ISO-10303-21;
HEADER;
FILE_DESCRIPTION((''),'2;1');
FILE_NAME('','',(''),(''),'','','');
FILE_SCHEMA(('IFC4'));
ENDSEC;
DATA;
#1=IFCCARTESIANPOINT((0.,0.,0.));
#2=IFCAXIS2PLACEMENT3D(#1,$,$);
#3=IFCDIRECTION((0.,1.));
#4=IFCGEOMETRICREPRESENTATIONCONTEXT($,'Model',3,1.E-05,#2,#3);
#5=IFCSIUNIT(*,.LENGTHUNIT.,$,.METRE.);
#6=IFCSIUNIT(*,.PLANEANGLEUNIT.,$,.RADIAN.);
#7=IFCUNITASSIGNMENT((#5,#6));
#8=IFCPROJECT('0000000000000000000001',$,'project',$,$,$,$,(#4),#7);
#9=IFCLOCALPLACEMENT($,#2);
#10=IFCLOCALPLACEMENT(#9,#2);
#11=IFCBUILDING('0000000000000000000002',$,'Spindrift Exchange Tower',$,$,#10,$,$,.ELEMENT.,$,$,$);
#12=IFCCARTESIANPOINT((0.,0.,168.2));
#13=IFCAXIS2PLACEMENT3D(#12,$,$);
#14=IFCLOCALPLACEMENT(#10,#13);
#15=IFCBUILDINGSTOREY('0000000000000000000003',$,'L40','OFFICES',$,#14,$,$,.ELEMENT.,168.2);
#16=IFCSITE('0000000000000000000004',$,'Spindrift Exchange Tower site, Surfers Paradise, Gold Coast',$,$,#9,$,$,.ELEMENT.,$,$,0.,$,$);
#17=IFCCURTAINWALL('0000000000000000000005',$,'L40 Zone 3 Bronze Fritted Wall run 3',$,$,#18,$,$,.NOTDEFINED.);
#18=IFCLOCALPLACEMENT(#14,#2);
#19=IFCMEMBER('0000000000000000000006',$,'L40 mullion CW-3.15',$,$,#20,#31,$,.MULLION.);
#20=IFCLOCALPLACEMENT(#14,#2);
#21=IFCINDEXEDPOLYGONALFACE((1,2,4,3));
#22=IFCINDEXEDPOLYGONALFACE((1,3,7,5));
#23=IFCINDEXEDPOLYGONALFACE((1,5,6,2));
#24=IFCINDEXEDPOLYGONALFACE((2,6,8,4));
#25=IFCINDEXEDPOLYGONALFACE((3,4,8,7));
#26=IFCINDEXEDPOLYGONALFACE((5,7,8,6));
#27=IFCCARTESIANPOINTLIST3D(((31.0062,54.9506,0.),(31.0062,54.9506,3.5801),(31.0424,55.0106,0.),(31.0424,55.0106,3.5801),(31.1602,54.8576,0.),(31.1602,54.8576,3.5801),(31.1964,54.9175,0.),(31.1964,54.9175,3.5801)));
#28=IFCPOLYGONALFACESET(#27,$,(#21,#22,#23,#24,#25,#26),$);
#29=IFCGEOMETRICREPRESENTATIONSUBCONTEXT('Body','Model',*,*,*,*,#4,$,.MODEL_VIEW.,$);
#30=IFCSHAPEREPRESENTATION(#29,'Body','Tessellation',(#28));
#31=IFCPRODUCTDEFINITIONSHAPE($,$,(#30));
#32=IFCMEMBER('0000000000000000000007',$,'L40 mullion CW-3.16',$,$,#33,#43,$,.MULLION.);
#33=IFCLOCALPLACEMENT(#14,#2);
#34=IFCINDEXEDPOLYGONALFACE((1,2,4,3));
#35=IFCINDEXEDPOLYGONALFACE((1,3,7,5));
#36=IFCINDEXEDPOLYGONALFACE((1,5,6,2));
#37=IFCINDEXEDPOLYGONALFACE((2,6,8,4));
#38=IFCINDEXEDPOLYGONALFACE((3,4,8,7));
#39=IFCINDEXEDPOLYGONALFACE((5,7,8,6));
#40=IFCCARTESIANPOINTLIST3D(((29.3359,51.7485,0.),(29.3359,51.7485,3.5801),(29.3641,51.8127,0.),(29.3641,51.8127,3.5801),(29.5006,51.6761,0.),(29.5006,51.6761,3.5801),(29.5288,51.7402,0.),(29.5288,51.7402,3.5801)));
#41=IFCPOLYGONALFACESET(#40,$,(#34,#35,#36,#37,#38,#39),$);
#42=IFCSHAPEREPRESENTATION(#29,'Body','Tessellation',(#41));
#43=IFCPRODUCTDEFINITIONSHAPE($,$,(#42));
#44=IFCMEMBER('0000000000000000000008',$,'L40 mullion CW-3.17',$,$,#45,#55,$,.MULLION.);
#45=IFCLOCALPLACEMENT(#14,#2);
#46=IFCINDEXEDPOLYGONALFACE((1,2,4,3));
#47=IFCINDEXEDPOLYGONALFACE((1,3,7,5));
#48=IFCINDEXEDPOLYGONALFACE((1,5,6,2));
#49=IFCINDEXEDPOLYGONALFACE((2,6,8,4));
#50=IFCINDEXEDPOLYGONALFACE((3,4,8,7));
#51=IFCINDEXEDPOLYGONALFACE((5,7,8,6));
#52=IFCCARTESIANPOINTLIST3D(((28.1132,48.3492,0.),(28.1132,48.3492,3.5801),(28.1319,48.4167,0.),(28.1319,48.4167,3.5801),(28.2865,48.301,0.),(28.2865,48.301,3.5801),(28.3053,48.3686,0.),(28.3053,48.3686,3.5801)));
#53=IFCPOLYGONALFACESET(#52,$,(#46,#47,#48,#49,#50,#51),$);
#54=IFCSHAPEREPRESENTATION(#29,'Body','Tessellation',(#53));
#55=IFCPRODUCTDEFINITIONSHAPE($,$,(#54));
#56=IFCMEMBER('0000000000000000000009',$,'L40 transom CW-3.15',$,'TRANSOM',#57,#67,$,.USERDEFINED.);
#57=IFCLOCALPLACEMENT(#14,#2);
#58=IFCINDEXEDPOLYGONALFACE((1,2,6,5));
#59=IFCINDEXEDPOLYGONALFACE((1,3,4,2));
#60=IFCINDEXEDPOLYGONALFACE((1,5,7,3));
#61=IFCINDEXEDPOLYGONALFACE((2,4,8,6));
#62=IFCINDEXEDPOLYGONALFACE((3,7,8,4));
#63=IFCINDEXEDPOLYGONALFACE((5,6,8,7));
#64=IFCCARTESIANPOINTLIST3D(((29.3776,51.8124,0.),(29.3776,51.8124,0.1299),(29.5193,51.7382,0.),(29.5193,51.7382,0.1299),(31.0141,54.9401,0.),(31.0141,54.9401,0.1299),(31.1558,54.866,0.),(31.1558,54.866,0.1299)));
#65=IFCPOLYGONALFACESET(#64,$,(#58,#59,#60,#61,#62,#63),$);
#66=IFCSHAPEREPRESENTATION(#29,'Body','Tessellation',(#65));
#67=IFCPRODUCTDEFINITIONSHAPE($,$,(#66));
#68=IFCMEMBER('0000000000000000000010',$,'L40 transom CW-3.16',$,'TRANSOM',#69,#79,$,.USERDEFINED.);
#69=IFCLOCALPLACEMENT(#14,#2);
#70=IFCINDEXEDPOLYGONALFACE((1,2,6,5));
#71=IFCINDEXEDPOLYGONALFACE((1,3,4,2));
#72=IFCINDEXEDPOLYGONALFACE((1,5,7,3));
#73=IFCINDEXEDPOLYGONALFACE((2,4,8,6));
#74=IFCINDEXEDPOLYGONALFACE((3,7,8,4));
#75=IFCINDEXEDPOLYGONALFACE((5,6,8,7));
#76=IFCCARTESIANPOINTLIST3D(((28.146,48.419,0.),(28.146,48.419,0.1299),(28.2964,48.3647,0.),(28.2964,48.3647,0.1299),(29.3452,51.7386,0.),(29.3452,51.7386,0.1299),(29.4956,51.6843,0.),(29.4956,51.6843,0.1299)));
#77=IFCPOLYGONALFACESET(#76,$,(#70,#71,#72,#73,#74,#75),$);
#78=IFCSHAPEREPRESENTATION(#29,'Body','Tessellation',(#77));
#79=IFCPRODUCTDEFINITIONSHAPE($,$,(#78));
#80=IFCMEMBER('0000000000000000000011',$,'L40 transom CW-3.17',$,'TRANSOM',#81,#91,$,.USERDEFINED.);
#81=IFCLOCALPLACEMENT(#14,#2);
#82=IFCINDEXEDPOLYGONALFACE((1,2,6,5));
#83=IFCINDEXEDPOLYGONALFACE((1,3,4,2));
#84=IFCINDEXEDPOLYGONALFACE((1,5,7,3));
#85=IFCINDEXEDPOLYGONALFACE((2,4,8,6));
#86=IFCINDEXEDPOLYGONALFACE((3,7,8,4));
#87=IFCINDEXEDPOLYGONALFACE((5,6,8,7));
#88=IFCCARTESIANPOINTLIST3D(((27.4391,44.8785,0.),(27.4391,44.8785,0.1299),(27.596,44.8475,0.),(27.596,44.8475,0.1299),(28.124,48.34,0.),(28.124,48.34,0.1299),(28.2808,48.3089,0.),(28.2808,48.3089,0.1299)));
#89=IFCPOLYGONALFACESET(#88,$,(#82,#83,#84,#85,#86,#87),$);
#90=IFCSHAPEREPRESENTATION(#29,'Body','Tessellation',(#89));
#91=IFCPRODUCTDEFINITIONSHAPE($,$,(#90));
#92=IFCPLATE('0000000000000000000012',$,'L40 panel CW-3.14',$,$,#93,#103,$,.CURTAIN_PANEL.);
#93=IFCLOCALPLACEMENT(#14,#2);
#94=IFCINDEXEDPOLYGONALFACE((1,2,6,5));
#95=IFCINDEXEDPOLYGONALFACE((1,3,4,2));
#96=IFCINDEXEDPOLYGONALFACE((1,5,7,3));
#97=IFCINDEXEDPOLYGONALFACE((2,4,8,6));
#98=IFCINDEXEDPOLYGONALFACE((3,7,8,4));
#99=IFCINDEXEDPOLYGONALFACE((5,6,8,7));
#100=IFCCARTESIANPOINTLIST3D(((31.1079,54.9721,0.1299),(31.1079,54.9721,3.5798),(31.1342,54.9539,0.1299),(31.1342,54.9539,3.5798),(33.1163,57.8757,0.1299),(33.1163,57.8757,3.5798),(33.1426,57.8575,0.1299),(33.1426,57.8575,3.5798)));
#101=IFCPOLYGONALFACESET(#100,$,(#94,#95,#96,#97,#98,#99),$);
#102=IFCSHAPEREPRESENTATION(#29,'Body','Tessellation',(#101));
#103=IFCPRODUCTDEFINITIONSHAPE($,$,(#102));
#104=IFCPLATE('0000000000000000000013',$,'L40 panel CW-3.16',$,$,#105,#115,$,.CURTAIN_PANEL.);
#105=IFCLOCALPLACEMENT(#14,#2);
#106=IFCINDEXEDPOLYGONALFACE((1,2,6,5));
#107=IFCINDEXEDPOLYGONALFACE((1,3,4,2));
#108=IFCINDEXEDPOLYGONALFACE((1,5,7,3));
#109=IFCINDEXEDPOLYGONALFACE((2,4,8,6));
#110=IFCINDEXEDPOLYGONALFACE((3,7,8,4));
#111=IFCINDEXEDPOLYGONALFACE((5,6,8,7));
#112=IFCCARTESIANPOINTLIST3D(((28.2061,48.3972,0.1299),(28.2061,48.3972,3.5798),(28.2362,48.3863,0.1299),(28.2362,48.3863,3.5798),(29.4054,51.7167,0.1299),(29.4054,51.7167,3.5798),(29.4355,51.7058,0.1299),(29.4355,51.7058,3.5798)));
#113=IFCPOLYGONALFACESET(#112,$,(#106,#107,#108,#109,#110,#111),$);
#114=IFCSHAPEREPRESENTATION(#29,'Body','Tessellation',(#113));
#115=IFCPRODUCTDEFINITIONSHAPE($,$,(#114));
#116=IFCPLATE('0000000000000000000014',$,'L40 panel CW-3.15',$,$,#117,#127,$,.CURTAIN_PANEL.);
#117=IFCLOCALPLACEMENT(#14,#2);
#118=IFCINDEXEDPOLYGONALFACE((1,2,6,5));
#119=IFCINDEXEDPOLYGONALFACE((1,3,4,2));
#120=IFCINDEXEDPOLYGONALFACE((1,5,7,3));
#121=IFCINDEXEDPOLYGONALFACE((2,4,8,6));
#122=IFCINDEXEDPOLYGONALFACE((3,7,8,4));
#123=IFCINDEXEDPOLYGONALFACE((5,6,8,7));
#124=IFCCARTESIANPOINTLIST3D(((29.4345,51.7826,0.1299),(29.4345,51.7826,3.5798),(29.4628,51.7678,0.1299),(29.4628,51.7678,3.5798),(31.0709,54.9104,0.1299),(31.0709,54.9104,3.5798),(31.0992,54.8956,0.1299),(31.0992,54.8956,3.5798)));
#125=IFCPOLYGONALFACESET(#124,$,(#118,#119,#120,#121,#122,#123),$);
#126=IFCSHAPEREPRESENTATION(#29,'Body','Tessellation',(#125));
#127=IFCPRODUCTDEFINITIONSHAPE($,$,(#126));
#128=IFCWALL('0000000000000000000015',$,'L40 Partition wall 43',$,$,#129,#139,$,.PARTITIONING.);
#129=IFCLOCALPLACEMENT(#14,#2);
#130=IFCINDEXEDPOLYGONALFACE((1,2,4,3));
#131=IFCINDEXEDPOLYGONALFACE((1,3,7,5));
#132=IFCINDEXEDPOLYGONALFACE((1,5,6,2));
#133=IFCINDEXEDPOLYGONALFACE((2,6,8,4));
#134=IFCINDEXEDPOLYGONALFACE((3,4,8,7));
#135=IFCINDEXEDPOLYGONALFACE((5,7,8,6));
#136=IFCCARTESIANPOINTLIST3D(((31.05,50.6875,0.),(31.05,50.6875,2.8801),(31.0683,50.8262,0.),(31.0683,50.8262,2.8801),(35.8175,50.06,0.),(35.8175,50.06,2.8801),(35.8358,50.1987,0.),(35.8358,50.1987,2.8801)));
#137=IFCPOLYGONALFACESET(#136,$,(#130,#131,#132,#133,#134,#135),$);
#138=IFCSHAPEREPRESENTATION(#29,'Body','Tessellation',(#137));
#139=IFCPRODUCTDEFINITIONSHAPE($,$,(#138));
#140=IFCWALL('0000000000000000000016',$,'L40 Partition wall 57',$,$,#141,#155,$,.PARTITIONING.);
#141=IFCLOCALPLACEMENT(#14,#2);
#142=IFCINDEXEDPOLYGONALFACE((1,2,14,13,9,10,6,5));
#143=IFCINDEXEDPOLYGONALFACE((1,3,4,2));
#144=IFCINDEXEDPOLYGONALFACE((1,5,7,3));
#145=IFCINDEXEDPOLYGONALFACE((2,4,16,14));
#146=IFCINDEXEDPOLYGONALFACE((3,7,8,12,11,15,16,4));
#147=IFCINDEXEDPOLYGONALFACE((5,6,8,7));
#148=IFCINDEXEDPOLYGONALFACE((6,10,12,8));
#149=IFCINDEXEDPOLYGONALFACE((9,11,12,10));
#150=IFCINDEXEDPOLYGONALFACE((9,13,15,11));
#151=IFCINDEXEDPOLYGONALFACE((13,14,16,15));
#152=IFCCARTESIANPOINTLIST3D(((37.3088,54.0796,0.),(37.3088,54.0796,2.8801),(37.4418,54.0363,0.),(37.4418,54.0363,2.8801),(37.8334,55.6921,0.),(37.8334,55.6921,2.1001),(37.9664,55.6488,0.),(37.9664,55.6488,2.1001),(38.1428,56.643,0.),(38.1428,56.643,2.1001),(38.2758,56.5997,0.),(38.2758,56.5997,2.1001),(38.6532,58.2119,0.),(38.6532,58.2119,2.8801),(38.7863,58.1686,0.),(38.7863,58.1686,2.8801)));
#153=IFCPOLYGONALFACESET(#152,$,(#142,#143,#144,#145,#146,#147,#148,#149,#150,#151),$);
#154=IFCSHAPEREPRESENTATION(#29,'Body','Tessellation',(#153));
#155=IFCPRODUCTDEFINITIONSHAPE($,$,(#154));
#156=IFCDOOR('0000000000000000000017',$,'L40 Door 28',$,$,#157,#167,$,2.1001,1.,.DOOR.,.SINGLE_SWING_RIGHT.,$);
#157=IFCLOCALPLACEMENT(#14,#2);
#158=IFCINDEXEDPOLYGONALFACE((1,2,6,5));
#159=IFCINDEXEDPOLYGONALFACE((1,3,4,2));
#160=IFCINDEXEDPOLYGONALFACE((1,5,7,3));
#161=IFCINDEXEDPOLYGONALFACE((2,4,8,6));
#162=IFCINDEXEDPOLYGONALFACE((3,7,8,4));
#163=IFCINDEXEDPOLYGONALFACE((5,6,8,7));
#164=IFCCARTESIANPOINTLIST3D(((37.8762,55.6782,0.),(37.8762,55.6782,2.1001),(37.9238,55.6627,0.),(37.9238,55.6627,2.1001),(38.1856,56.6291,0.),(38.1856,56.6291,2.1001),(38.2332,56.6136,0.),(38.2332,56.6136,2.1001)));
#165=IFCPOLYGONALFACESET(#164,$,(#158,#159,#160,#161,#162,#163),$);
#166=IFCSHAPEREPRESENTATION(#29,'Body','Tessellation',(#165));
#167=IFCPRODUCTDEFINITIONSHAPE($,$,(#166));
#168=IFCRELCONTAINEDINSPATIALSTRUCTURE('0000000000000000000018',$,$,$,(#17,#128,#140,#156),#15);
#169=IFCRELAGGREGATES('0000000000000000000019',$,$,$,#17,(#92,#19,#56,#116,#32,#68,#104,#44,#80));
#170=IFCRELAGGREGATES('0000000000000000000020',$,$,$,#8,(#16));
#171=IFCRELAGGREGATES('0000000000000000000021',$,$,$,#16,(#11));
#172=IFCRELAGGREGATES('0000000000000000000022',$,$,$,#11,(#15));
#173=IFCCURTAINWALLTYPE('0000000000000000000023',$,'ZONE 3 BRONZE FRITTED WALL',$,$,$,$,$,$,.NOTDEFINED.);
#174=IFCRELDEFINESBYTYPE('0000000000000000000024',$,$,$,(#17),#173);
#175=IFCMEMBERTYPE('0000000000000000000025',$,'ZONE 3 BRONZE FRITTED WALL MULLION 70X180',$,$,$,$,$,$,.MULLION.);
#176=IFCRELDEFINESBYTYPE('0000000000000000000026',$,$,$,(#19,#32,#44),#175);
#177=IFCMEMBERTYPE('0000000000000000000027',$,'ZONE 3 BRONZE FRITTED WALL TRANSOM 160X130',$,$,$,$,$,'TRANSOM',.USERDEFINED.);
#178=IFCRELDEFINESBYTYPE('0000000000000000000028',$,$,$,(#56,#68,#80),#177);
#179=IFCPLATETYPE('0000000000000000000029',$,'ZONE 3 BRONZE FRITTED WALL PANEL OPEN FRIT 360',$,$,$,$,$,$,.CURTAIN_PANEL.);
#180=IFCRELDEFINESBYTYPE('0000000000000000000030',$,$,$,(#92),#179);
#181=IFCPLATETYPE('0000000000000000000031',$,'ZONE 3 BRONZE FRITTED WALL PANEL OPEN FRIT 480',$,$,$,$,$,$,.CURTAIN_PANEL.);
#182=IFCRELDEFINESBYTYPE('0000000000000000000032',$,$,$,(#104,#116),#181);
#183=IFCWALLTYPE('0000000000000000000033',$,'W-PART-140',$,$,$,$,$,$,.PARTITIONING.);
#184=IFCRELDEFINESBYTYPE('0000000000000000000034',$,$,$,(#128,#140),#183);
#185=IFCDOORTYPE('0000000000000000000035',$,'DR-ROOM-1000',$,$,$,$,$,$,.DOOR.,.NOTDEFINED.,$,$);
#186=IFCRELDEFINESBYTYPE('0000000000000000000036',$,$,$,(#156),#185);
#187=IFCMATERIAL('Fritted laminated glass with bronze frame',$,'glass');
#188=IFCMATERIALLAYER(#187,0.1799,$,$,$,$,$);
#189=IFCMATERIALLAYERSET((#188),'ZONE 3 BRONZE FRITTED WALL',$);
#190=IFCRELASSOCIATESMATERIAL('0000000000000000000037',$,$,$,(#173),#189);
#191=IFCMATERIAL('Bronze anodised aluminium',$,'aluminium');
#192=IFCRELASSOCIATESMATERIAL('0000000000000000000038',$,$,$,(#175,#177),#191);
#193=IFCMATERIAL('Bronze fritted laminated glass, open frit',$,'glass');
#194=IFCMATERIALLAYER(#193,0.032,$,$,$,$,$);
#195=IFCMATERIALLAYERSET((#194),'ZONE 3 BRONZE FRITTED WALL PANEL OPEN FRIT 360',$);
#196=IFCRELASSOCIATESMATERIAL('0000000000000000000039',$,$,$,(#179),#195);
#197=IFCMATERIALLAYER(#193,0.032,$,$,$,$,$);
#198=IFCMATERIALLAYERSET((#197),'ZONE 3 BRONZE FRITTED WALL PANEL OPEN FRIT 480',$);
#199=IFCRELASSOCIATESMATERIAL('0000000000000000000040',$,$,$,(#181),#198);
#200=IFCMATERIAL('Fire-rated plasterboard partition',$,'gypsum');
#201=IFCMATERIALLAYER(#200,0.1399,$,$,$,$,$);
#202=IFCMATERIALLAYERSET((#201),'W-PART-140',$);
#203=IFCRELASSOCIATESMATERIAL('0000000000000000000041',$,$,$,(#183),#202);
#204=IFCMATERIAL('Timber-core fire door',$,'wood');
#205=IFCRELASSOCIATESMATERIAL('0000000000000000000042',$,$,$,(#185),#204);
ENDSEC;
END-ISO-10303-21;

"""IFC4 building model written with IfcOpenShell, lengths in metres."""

from ifc_helpers import new_model, si_unit, direction, frame, frame_2d, origin, origin_2d, place, context, subcontext, project, spatial, rectangle, extrude, source, transform, mapped, material, layer, layer_set, material_profile, profile_set, type_object, element, fill, aggregate, save


model = new_model("IFC4")

# Units and contexts
model_context = context("Model", 3, precision=1e-05, world=origin(), true_north=direction((0.0, 1.0)))
body_context = subcontext(model_context, "Body", "Model", "MODEL_VIEW")
ifc_project = project(units=[si_unit("LENGTHUNIT", "METRE"), si_unit("PLANEANGLEUNIT", "RADIAN")], contexts=[model_context])

# Site, building, storey
site_placement = place(None, origin())
site = spatial("IfcSite", under=ifc_project, at=site_placement, Name="Spindrift Exchange Tower site, Surfers Paradise, Gold Coast", CompositionType="ELEMENT", RefElevation=0.0)
building_placement = place(site_placement, origin())
building = spatial("IfcBuilding", under=site, at=building_placement, Name="Spindrift Exchange Tower", CompositionType="ELEMENT")
storey_placement = place(building_placement, frame((0.0, 0.0, 168.2)))
storey = spatial("IfcBuildingStorey", under=building, at=storey_placement, Name="L40", Description="OFFICES", CompositionType="ELEMENT", Elevation=168.2)

# Curtain wall, members, plates
ifc_material_1 = material(Name="Fritted laminated glass with bronze frame", Category="glass")
ifc_layer_1 = layer(ifc_material_1, 0.1799)
ifc_layer_set_1 = layer_set([ifc_layer_1], Name="ZONE 3 BRONZE FRITTED WALL")
curtain_wall_type = type_object("IfcCurtainWallType", Name="ZONE 3 BRONZE FRITTED WALL", PredefinedType="NOTDEFINED", material=ifc_layer_set_1)
curtain_wall_placement = place(storey_placement, origin())
curtain_wall = element("IfcCurtainWall", 1, at=curtain_wall_placement, inside=storey, type_object=curtain_wall_type, Name="L40 Zone 3 Bronze Fritted Wall run 3", PredefinedType="NOTDEFINED")
ifc_material_2 = material(Name="Bronze anodised aluminium", Category="aluminium")
ifc_material_profile_1 = material_profile(ifc_material_2, rectangle(XDim=0.0701, YDim=0.1799, at=origin_2d()), Name="ZONE 3 BRONZE FRITTED WALL MULLION 70X180")
ifc_profile_set_1 = profile_set([ifc_material_profile_1], Name="Bronze anodised aluminium")
member_type_1 = type_object("IfcMemberType", Name="ZONE 3 BRONZE FRITTED WALL MULLION 70X180", PredefinedType="MULLION", material=ifc_profile_set_1)
shared_shape_1 = source(origin(), body_context, "Body", "SweptSolid", [
    extrude(rectangle(XDim=0.0701, YDim=0.1799, at=origin_2d()), origin(), (0.0, 0.0, 1.0), 3.5801),
])
member_1_placement = place(storey_placement, frame((31.1013, 54.9341, 0.0), z_axis=(0.0, 0.0, 1.0), x_axis=(-0.517192, -0.855869, 0.0)))
member_1 = element("IfcMember", 2, at=member_1_placement, type_object=member_type_1, Name="L40 mullion CW-3.15", PredefinedType="MULLION", context=body_context, shape_type="MappedRepresentation", body=[
    mapped(shared_shape_1, transform((0.0, 0.0, 0.0), scale=1.0)),
])
member_2_placement = place(storey_placement, frame((29.4324, 51.7444, 0.0), z_axis=(0.0, 0.0, 1.0), x_axis=(-0.402602, -0.915375, 0.0)))
member_2 = element("IfcMember", 3, at=member_2_placement, type_object=member_type_1, Name="L40 mullion CW-3.16", PredefinedType="MULLION", context=body_context, shape_type="MappedRepresentation", body=[
    mapped(shared_shape_1, transform((0.0, 0.0, 0.0), scale=1.0)),
])
member_3_placement = place(storey_placement, frame((28.2092, 48.3589, 0.0), z_axis=(0.0, 0.0, 1.0), x_axis=(-0.267686, -0.963506, 0.0)))
member_3 = element("IfcMember", 4, at=member_3_placement, type_object=member_type_1, Name="L40 mullion CW-3.17", PredefinedType="MULLION", context=body_context, shape_type="MappedRepresentation", body=[
    mapped(shared_shape_1, transform((0.0, 0.0, 0.0), scale=1.0)),
])
ifc_material_profile_2 = material_profile(ifc_material_2, rectangle(XDim=0.1599, YDim=0.1299, at=origin_2d()), Name="ZONE 3 BRONZE FRITTED WALL TRANSOM 160X130")
ifc_profile_set_2 = profile_set([ifc_material_profile_2], Name="Bronze anodised aluminium")
member_type_2 = type_object("IfcMemberType", Name="ZONE 3 BRONZE FRITTED WALL TRANSOM 160X130", ElementType="TRANSOM", PredefinedType="USERDEFINED", material=ifc_profile_set_2)
shared_shape_2 = source(origin(), body_context, "Body", "SweptSolid", [
    extrude(rectangle(XDim=0.1599, YDim=0.1299, at=origin_2d()), origin(), (0.0, 0.0, 1.0), 3.53),
])
member_4_placement = place(storey_placement, frame((31.085, 54.9031, 0.0649), z_axis=(-0.463599, -0.886045, 0.0), x_axis=(0.886045, -0.463599, 0.0)))
member_4 = element("IfcMember", 5, at=member_4_placement, type_object=member_type_2, Name="L40 transom CW-3.15", ObjectType="TRANSOM", PredefinedType="USERDEFINED", context=body_context, shape_type="MappedRepresentation", body=[
    mapped(shared_shape_2, transform((0.0, 0.0, 0.0), scale=1.0)),
])
shared_shape_3 = source(origin(), body_context, "Body", "SweptSolid", [
    extrude(rectangle(XDim=0.1599, YDim=0.1299, at=origin_2d()), origin(), (0.0, 0.0, 1.0), 3.5295),
])
member_5_placement = place(storey_placement, frame((29.4204, 51.7114, 0.0649), z_axis=(-0.339765, -0.94051, 0.0), x_axis=(0.94051, -0.339765, 0.0)))
member_5 = element("IfcMember", 6, at=member_5_placement, type_object=member_type_2, Name="L40 transom CW-3.16", ObjectType="TRANSOM", PredefinedType="USERDEFINED", context=body_context, shape_type="MappedRepresentation", body=[
    mapped(shared_shape_3, transform((0.0, 0.0, 0.0), scale=1.0)),
])
shared_shape_4 = source(origin(), body_context, "Body", "SweptSolid", [
    extrude(rectangle(XDim=0.1599, YDim=0.1299, at=origin_2d()), origin(), (0.0, 0.0, 1.0), 3.5286),
])
member_6_placement = place(storey_placement, frame((28.2024, 48.3245, 0.0649), z_axis=(-0.19408, -0.980986, 0.0), x_axis=(0.980986, -0.19408, 0.0)))
member_6 = element("IfcMember", 7, at=member_6_placement, type_object=member_type_2, Name="L40 transom CW-3.17", ObjectType="TRANSOM", PredefinedType="USERDEFINED", context=body_context, shape_type="MappedRepresentation", body=[
    mapped(shared_shape_4, transform((0.0, 0.0, 0.0), scale=1.0)),
])
ifc_material_3 = material(Name="Bronze fritted laminated glass, open frit", Category="glass")
ifc_layer_2 = layer(ifc_material_3, 0.032)
ifc_layer_set_2 = layer_set([ifc_layer_2], Name="ZONE 3 BRONZE FRITTED WALL PANEL OPEN FRIT 360")
plate_type_1 = type_object("IfcPlateType", Name="ZONE 3 BRONZE FRITTED WALL PANEL OPEN FRIT 360", PredefinedType="CURTAIN_PANEL", material=ifc_layer_set_2)
shared_shape_5 = source(origin(), body_context, "Body", "SweptSolid", [
    extrude(rectangle(XDim=3.5305, YDim=0.032, at=origin_2d()), origin(), (0.0, 0.0, 1.0), 3.45),
])
plate_1_placement = place(storey_placement, frame((32.1252, 56.4148, 0.1299), z_axis=(0.0, 0.0, 1.0), x_axis=(-0.568855, -0.822438, 0.0)))
plate_1 = element("IfcPlate", 8, at=plate_1_placement, type_object=plate_type_1, Name="L40 panel CW-3.14", PredefinedType="CURTAIN_PANEL", context=body_context, shape_type="MappedRepresentation", body=[
    mapped(shared_shape_5, transform((0.0, 0.0, 0.0), scale=1.0)),
])
ifc_layer_3 = layer(ifc_material_3, 0.032)
ifc_layer_set_3 = layer_set([ifc_layer_3], Name="ZONE 3 BRONZE FRITTED WALL PANEL OPEN FRIT 480")
plate_type_2 = type_object("IfcPlateType", Name="ZONE 3 BRONZE FRITTED WALL PANEL OPEN FRIT 480", PredefinedType="CURTAIN_PANEL", material=ifc_layer_set_3)
shared_shape_6 = source(origin(), body_context, "Body", "SweptSolid", [
    extrude(rectangle(XDim=3.5295, YDim=0.032, at=origin_2d()), origin(), (0.0, 0.0, 1.0), 3.45),
])
plate_2_placement = place(storey_placement, frame((28.8208, 50.0515, 0.1299), z_axis=(0.0, 0.0, 1.0), x_axis=(-0.33979, -0.940501, 0.0)))
plate_2 = element("IfcPlate", 9, at=plate_2_placement, type_object=plate_type_2, Name="L40 panel CW-3.16", PredefinedType="CURTAIN_PANEL", context=body_context, shape_type="MappedRepresentation", body=[
    mapped(shared_shape_6, transform((0.0, 0.0, 0.0), scale=1.0)),
])
shared_shape_7 = source(origin(), body_context, "Body", "SweptSolid", [
    extrude(rectangle(XDim=3.53, YDim=0.032, at=origin_2d()), origin(), (0.0, 0.0, 1.0), 3.45),
])
plate_3_placement = place(storey_placement, frame((30.2668, 53.3391, 0.1299), z_axis=(0.0, 0.0, 1.0), x_axis=(-0.463571, -0.88606, 0.0)))
plate_3 = element("IfcPlate", 10, at=plate_3_placement, type_object=plate_type_2, Name="L40 panel CW-3.15", PredefinedType="CURTAIN_PANEL", context=body_context, shape_type="MappedRepresentation", body=[
    mapped(shared_shape_7, transform((0.0, 0.0, 0.0), scale=1.0)),
])
aggregate(curtain_wall, [plate_1, member_1, member_4, plate_3, member_2, member_5, plate_2, member_3, member_6])

# Wall
ifc_material_4 = material(Name="Fire-rated plasterboard partition", Category="gypsum")
ifc_layer_4 = layer(ifc_material_4, 0.1399)
ifc_layer_set_4 = layer_set([ifc_layer_4], Name="W-PART-140")
wall_type = type_object("IfcWallType", Name="W-PART-140", PredefinedType="PARTITIONING", material=ifc_layer_set_4)
wall_1_placement = place(storey_placement, frame((35.8267, 50.1294, 0.0), z_axis=(0.0, 0.0, 1.0), x_axis=(-0.991451, 0.130481, 0.0)))
element("IfcWall", 11, at=wall_1_placement, inside=storey, type_object=wall_type, Name="L40 Partition wall 43", PredefinedType="PARTITIONING", context=body_context, shape_type="SweptSolid", body=[
    extrude(rectangle(XDim=4.8086, YDim=0.1399, at=frame_2d((2.4043, 0.0))), origin(), (0.0, 0.0, 1.0), 2.8801),
])

# Wall, opening, door
wall_2_placement = place(storey_placement, frame((37.3752, 54.0579, 0.0), z_axis=(0.0, 0.0, 1.0), x_axis=(0.309393, 0.950934, 0.0)))
wall_2 = element("IfcWall", 12, at=wall_2_placement, inside=storey, type_object=wall_type, Name="L40 Partition wall 57", PredefinedType="PARTITIONING", context=body_context, shape_type="SweptSolid", body=[
    extrude(rectangle(XDim=4.3455, YDim=0.1399, at=frame_2d((2.1729, 0.0))), origin(), (0.0, 0.0, 1.0), 2.8801),
])
opening_1_placement = place(wall_2_placement, frame((1.6958, 0.0, 0.0)))
opening_1 = element("IfcOpeningElement", 13, at=opening_1_placement, cuts=wall_2, PredefinedType="OPENING", context=body_context, shape_type="SweptSolid", body=[
    extrude(rectangle(XDim=1.0, YDim=2.1001, at=frame_2d((0.5, 1.05))), frame((0.0, 0.0798, 0.0), z_axis=(0.0, -1.0, 0.0), x_axis=(1.0, 0.0, 0.0)), (0.0, 0.0, 1.0), 0.1599),
])
ifc_material_5 = material(Name="Timber-core fire door", Category="wood")
door_type = type_object("IfcDoorType", Name="DR-ROOM-1000", OperationType="NOTDEFINED", PredefinedType="DOOR", material=ifc_material_5)
shared_shape_8 = source(origin(), body_context, "Body", "SweptSolid", [
    extrude(rectangle(XDim=1.0, YDim=2.1001, at=frame_2d((0.5, 1.05))), frame((0.0, 0.0249, 0.0), z_axis=(0.0, -1.0, 0.0), x_axis=(1.0, 0.0, 0.0)), (0.0, 0.0, 1.0), 0.05),
])
door_1_placement = place(opening_1_placement, origin())
door_1 = element("IfcDoor", 14, at=door_1_placement, inside=storey, type_object=door_type, Name="L40 Door 28", OperationType="SINGLE_SWING_RIGHT", OverallHeight=2.1001, OverallWidth=1.0, PredefinedType="DOOR", context=body_context, shape_type="MappedRepresentation", body=[
    mapped(shared_shape_8, transform((0.0, 0.0, 0.0), scale=1.0)),
])
fill(opening_1, door_1)

save(model, "model.ifc")
